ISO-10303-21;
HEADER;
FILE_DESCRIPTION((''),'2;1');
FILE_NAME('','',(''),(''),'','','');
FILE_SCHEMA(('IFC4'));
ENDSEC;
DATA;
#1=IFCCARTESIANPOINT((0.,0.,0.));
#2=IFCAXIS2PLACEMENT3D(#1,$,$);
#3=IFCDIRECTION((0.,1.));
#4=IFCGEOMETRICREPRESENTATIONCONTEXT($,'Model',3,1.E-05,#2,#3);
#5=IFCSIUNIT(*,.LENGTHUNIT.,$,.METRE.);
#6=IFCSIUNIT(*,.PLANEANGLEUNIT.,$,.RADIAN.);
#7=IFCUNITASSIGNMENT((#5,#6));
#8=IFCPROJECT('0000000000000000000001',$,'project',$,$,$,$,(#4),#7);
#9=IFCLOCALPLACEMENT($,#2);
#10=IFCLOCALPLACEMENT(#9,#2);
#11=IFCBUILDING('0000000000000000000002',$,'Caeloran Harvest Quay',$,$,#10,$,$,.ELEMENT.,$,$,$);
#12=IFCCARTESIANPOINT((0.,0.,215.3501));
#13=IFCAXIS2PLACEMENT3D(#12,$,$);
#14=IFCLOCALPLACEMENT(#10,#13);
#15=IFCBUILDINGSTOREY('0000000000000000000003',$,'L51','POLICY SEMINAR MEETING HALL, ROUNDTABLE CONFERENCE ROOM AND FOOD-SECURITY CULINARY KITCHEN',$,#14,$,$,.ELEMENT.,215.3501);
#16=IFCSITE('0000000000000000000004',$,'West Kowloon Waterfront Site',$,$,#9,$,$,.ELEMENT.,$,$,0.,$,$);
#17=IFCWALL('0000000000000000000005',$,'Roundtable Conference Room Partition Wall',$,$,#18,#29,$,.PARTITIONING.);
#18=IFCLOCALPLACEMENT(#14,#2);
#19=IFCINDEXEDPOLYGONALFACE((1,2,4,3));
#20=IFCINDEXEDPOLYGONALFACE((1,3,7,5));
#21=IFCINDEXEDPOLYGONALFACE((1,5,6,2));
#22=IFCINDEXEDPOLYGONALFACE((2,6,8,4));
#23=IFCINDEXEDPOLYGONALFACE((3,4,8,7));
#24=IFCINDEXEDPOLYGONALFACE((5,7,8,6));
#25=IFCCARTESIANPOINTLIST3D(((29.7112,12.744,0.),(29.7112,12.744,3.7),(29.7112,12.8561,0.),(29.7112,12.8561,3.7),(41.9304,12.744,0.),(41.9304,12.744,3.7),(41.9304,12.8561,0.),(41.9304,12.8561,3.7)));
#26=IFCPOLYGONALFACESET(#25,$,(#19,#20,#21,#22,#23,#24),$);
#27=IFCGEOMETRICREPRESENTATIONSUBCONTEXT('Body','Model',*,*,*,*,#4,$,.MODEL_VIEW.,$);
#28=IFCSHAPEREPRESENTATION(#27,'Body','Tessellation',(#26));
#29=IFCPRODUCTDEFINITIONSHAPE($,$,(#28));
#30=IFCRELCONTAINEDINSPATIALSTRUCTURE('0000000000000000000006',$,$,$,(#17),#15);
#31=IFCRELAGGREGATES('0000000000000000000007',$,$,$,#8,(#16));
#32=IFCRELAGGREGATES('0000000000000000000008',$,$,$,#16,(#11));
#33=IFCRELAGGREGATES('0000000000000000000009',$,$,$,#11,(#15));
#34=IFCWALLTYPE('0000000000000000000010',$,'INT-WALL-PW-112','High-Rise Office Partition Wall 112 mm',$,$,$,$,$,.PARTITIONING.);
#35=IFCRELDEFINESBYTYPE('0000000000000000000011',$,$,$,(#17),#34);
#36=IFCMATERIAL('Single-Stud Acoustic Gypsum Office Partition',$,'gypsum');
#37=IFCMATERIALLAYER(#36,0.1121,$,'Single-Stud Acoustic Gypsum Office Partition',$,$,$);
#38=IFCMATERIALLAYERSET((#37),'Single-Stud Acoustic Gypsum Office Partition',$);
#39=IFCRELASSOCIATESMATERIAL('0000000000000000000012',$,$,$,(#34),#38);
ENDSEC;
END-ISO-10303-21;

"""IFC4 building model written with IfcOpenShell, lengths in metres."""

from ifc_helpers import new_model, si_unit, direction, frame, frame_2d, origin, place, context, subcontext, project, spatial, rectangle, extrude, material, layer, layer_set, type_object, element, save


model = new_model("IFC4")

# Units and contexts
model_context = context("Model", 3, precision=1e-05, world=origin(), true_north=direction((0.0, 1.0)))
body_context = subcontext(model_context, "Body", "Model", "MODEL_VIEW")
ifc_project = project(units=[si_unit("LENGTHUNIT", "METRE"), si_unit("PLANEANGLEUNIT", "RADIAN")], contexts=[model_context])

# Site, building, storey
site_placement = place(None, origin())
site = spatial("IfcSite", under=ifc_project, at=site_placement, Name="West Kowloon Waterfront Site", CompositionType="ELEMENT", RefElevation=0.0)
building_placement = place(site_placement, origin())
building = spatial("IfcBuilding", under=site, at=building_placement, Name="Caeloran Harvest Quay", CompositionType="ELEMENT")
storey_placement = place(building_placement, frame((0.0, 0.0, 215.3501)))
storey = spatial("IfcBuildingStorey", under=building, at=storey_placement, Name="L51", Description="POLICY SEMINAR MEETING HALL, ROUNDTABLE CONFERENCE ROOM AND FOOD-SECURITY CULINARY KITCHEN", CompositionType="ELEMENT", Elevation=215.3501)

# Wall
ifc_material_1 = material(Name="Single-Stud Acoustic Gypsum Office Partition", Category="gypsum")
ifc_layer_1 = layer(ifc_material_1, 0.1121, Name="Single-Stud Acoustic Gypsum Office Partition")
ifc_layer_set_1 = layer_set([ifc_layer_1], Name="Single-Stud Acoustic Gypsum Office Partition")
wall_type_1 = type_object("IfcWallType", Name="INT-WALL-PW-112", Description="High-Rise Office Partition Wall 112 mm", PredefinedType="PARTITIONING", material=ifc_layer_set_1)
wall_1_placement = place(storey_placement, frame((41.9304, 12.8, 0.0), z_axis=(0.0, 0.0, 1.0), x_axis=(-1.0, 0.0, 0.0)))
element("IfcWall", 1, at=wall_1_placement, inside=storey, type_object=wall_type_1, Name="Roundtable Conference Room Partition Wall", PredefinedType="PARTITIONING", context=body_context, shape_type="SweptSolid", body=[
    extrude(rectangle(XDim=12.2192, YDim=0.1121, at=frame_2d((6.1096, 0.0))), origin(), (0.0, 0.0, 1.0), 3.7),
])

save(model, "model.ifc")
